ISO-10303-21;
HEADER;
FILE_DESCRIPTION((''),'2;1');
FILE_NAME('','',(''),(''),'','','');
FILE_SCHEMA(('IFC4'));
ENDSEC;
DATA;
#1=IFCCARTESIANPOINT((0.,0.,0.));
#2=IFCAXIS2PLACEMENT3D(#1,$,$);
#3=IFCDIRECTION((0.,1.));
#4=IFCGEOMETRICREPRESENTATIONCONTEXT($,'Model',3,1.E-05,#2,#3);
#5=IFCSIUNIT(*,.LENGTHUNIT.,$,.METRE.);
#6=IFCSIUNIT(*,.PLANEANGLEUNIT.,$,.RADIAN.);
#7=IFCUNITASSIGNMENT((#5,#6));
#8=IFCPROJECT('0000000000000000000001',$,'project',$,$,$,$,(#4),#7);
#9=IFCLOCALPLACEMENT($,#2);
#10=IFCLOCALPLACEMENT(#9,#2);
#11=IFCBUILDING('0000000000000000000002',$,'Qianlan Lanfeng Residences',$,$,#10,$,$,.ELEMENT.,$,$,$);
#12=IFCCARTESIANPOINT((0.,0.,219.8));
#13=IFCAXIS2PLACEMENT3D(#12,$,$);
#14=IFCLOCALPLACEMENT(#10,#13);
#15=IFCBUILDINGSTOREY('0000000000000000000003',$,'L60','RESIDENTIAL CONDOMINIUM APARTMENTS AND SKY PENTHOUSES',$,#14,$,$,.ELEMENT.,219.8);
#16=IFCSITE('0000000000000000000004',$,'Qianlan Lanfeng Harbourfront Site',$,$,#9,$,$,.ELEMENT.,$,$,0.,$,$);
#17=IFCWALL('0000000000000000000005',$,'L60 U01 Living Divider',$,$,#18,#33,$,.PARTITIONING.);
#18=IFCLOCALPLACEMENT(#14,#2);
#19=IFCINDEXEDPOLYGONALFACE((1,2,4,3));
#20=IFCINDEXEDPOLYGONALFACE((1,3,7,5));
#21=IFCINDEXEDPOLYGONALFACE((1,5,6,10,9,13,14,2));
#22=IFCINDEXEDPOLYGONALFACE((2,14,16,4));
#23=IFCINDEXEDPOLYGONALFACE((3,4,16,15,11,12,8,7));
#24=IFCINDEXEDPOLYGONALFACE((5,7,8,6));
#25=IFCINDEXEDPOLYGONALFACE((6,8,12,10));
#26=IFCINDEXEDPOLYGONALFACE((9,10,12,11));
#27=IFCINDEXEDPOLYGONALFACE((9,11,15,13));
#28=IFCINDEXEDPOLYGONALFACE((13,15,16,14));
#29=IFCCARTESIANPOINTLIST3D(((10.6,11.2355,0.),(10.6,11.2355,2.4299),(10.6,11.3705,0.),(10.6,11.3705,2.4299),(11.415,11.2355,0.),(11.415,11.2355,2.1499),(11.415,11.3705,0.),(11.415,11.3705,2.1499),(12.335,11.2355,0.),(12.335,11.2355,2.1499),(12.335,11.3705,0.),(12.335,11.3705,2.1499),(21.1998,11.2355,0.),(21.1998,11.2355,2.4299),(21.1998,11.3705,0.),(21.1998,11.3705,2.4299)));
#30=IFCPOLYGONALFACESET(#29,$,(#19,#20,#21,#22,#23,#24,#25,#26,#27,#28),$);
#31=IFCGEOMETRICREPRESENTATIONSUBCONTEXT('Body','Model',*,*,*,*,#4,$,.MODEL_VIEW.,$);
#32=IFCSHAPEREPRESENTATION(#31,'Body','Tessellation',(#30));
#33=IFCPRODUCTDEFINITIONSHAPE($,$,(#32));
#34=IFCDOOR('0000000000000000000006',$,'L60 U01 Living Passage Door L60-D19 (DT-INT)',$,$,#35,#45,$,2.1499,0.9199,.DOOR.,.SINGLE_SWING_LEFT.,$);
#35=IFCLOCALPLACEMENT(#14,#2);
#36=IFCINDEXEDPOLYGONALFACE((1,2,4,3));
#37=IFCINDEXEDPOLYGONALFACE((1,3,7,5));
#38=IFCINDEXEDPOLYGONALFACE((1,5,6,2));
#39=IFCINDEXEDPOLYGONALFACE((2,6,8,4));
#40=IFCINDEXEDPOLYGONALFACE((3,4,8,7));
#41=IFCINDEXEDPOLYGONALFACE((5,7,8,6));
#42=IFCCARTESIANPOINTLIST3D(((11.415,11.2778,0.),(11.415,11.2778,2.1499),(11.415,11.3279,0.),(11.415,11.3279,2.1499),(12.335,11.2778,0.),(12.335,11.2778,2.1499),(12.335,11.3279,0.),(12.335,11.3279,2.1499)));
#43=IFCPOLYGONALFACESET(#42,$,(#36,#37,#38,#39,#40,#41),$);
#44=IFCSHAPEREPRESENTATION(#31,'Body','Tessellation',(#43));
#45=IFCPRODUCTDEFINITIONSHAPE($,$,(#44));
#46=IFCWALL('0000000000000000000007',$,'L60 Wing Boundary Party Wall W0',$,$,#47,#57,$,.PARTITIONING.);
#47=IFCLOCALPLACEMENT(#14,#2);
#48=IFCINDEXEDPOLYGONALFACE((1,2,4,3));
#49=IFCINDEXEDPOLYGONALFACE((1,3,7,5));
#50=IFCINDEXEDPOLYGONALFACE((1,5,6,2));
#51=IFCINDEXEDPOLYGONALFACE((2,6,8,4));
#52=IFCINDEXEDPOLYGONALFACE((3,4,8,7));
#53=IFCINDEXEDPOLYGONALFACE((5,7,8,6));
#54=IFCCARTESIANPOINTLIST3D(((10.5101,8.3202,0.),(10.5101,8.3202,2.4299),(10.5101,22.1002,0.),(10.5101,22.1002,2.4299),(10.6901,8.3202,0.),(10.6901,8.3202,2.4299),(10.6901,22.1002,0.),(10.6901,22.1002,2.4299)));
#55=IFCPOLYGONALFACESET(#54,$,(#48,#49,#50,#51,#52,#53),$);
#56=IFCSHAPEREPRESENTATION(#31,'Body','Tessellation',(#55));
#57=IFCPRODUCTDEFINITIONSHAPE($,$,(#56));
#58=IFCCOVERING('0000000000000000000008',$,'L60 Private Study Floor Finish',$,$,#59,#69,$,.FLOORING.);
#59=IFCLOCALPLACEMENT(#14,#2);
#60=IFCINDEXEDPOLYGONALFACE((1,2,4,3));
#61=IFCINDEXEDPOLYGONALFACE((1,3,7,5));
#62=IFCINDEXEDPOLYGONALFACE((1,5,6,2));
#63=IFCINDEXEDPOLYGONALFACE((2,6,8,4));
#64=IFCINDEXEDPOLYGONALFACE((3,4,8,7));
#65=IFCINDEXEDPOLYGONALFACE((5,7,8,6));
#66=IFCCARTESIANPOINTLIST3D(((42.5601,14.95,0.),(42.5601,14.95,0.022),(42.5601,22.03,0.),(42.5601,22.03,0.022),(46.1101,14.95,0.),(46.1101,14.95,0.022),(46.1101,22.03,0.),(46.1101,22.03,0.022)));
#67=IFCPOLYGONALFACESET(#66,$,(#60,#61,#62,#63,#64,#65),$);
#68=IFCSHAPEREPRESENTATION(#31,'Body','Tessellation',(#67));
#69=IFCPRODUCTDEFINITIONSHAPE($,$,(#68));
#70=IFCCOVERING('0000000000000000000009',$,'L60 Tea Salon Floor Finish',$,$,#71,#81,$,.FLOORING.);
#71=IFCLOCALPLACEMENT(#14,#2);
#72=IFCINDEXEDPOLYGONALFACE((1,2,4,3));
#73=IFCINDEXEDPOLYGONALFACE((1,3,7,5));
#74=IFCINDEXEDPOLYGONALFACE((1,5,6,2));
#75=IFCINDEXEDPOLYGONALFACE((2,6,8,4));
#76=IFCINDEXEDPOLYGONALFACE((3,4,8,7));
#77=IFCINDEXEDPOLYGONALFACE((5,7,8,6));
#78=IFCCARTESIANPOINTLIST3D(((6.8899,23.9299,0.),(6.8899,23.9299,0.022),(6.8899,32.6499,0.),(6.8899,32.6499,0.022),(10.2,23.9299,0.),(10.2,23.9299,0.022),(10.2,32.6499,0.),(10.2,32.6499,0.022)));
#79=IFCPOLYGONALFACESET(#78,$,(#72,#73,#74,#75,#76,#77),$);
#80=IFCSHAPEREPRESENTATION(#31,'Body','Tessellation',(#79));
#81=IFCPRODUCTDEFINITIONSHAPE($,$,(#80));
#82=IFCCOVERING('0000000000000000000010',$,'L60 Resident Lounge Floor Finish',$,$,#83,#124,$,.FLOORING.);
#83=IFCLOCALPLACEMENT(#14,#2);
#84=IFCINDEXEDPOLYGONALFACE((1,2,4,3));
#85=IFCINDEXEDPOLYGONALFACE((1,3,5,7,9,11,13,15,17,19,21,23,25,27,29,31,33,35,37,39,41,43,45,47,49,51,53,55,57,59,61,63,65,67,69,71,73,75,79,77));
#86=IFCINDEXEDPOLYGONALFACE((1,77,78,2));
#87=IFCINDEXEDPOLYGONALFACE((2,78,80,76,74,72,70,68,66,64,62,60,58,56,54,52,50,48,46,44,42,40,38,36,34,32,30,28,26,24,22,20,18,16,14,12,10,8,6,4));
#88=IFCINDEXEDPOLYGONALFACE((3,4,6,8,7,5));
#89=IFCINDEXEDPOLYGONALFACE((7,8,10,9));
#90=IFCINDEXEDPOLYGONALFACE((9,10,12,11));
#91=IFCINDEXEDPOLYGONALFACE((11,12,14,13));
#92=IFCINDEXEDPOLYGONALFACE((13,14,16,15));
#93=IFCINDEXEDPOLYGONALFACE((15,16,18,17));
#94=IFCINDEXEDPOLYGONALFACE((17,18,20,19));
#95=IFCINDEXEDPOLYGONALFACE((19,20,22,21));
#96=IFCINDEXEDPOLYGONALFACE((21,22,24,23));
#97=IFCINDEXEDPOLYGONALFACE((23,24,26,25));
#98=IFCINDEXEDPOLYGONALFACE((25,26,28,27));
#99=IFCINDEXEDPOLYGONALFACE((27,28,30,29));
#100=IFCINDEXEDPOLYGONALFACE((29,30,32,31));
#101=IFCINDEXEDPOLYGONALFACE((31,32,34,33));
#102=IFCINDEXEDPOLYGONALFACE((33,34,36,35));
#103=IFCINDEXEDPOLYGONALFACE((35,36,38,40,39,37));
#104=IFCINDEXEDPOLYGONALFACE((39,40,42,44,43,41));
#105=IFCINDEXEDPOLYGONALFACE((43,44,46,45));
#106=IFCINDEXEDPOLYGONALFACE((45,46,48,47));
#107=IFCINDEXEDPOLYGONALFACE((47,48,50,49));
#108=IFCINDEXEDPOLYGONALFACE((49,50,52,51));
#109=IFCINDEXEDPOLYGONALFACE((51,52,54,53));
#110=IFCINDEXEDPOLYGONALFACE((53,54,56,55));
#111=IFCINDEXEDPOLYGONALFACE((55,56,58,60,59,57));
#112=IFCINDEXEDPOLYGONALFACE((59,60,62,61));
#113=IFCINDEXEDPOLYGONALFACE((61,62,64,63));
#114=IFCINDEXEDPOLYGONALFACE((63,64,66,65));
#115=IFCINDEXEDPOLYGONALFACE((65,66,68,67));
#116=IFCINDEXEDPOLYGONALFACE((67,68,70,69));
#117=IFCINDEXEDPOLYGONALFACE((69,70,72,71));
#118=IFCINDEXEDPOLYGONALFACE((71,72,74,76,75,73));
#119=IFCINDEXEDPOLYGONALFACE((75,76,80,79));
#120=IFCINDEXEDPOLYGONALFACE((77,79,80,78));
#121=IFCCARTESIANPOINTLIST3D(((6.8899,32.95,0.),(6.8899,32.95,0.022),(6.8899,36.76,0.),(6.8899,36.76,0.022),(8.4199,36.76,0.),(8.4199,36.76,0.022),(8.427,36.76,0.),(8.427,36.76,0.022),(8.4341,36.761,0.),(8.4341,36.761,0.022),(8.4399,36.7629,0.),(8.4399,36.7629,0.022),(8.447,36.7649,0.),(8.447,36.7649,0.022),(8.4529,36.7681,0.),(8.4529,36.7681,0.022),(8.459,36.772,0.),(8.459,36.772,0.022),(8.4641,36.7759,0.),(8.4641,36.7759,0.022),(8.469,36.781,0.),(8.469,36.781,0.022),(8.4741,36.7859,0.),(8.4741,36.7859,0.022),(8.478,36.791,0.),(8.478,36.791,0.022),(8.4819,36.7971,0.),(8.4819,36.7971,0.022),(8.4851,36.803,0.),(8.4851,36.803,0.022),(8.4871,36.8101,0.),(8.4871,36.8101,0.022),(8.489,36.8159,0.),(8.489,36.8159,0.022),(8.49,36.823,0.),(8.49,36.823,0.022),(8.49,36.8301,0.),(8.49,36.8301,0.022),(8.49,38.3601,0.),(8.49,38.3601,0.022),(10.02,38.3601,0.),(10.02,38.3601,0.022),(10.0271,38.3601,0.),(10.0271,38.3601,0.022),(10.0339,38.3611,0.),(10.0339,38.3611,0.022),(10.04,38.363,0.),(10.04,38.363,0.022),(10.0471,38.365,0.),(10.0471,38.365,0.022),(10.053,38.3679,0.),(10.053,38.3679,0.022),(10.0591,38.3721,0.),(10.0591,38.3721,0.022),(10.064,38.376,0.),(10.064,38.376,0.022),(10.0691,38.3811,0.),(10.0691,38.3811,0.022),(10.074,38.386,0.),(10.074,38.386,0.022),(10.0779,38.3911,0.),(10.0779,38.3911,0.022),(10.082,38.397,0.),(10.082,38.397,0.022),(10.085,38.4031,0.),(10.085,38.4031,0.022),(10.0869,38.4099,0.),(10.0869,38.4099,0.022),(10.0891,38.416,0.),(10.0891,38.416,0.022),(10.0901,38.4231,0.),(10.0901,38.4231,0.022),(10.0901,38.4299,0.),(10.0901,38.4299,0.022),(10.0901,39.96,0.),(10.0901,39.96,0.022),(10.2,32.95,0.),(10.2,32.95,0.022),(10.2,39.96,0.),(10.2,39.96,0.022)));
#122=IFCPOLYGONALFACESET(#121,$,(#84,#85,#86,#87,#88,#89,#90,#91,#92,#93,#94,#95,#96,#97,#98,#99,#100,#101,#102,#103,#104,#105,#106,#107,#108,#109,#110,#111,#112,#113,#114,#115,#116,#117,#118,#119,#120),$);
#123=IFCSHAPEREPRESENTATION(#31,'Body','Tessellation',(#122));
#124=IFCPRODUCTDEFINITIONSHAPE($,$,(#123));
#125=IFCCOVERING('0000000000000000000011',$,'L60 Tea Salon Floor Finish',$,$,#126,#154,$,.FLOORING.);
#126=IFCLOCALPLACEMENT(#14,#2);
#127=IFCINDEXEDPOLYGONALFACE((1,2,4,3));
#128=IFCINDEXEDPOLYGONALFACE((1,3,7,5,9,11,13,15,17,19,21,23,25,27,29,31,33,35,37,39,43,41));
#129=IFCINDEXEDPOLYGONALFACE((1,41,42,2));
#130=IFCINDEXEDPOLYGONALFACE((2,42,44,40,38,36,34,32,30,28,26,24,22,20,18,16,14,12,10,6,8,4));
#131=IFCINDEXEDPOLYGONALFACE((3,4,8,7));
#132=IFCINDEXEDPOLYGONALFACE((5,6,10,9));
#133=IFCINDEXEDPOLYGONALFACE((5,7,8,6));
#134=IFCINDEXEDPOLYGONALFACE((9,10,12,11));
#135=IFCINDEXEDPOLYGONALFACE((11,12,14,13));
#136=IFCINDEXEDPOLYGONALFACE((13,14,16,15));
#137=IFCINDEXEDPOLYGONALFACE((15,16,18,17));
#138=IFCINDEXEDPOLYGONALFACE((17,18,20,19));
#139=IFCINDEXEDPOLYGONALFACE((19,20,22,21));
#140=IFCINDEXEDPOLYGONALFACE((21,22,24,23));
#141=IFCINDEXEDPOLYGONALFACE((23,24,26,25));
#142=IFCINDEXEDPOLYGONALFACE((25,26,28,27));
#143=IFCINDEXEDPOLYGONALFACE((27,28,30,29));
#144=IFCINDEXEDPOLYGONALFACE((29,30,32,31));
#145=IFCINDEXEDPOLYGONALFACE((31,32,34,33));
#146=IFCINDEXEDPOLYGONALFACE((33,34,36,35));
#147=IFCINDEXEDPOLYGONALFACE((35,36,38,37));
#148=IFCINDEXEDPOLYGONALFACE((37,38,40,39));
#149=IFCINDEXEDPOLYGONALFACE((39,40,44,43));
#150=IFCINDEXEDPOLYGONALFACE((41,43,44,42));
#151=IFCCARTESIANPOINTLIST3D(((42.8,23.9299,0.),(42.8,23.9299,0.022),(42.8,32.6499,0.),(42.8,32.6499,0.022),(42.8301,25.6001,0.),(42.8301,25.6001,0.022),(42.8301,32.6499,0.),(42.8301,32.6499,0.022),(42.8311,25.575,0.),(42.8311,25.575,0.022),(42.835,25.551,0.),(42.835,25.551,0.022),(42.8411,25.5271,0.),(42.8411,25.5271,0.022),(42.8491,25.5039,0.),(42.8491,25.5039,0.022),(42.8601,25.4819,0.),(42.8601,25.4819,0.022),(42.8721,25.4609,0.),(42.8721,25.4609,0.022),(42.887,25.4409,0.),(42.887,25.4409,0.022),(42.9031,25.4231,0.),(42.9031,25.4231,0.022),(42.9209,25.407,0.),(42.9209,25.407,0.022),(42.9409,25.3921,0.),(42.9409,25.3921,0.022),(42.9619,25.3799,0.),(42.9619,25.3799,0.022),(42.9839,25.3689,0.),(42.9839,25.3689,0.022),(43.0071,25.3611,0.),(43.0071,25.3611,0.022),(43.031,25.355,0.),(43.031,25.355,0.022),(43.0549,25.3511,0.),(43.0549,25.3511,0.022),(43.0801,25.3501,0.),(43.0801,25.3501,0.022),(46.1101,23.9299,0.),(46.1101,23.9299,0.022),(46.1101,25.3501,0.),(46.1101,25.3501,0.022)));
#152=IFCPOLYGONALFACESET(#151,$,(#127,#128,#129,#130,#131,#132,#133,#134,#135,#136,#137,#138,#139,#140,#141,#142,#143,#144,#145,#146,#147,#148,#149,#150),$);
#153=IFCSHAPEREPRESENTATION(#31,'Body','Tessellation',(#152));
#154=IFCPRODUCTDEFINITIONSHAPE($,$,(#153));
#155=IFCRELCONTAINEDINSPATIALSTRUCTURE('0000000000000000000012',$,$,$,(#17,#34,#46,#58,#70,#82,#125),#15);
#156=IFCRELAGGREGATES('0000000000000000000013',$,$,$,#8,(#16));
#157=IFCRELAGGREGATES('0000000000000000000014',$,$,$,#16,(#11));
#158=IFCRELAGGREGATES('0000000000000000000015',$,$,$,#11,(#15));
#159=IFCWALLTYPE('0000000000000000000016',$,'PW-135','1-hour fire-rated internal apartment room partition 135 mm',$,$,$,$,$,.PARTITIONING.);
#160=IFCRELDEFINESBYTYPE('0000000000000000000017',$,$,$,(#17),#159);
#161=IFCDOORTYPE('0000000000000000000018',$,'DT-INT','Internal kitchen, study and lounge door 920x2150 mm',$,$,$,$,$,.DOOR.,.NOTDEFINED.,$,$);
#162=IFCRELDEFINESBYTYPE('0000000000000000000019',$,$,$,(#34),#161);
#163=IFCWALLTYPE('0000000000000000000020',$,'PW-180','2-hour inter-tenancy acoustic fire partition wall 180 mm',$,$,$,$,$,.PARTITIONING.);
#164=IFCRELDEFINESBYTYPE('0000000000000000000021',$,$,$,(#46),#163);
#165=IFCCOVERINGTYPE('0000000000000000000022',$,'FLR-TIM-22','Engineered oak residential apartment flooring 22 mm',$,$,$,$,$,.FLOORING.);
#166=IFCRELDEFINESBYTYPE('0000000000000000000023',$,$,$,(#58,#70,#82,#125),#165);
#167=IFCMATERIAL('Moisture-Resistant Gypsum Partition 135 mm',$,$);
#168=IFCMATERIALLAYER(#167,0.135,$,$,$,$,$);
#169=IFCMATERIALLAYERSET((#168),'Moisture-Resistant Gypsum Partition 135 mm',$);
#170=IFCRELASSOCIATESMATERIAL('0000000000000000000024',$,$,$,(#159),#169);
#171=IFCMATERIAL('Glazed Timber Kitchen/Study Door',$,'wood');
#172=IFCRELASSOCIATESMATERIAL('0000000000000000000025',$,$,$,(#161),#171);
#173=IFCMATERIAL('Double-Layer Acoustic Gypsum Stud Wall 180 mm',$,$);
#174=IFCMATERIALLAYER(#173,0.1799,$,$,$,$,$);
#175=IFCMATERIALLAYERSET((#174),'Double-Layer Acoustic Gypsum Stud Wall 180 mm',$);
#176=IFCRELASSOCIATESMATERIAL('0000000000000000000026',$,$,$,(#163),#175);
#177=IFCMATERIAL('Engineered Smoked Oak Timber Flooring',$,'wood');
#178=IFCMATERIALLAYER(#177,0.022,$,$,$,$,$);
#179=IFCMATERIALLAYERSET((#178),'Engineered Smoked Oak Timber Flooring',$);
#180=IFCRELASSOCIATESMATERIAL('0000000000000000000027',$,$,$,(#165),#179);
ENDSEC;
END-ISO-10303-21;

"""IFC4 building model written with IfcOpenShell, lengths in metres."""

from ifc_helpers import new_model, si_unit, direction, frame, frame_2d, origin, place, context, subcontext, project, spatial, polyline, rectangle, outline, extrude, material, layer, layer_set, type_object, element, fill, save


model = new_model("IFC4")

# Units and contexts
model_context = context("Model", 3, precision=1e-05, world=origin(), true_north=direction((0.0, 1.0)))
body_context = subcontext(model_context, "Body", "Model", "MODEL_VIEW")
ifc_project = project(units=[si_unit("LENGTHUNIT", "METRE"), si_unit("PLANEANGLEUNIT", "RADIAN")], contexts=[model_context])

# Site, building, storey
site_placement = place(None, origin())
site = spatial("IfcSite", under=ifc_project, at=site_placement, Name="Qianlan Lanfeng Harbourfront Site", CompositionType="ELEMENT", RefElevation=0.0)
building_placement = place(site_placement, origin())
building = spatial("IfcBuilding", under=site, at=building_placement, Name="Qianlan Lanfeng Residences", CompositionType="ELEMENT")
storey_placement = place(building_placement, frame((0.0, 0.0, 219.8)))
storey = spatial("IfcBuildingStorey", under=building, at=storey_placement, Name="L60", Description="RESIDENTIAL CONDOMINIUM APARTMENTS AND SKY PENTHOUSES", CompositionType="ELEMENT", Elevation=219.8)

# Wall, opening, door
ifc_material_1 = material(Name="Moisture-Resistant Gypsum Partition 135 mm")
ifc_layer_1 = layer(ifc_material_1, 0.135)
ifc_layer_set_1 = layer_set([ifc_layer_1], Name="Moisture-Resistant Gypsum Partition 135 mm")
wall_type_1 = type_object("IfcWallType", Name="PW-135", Description="1-hour fire-rated internal apartment room partition 135 mm", PredefinedType="PARTITIONING", material=ifc_layer_set_1)
wall_1_placement = place(storey_placement, frame((10.6001, 11.303, 0.0), z_axis=(0.0, 0.0, 1.0), x_axis=(1.0, 0.0, 0.0)))
wall_1 = element("IfcWall", 1, at=wall_1_placement, inside=storey, type_object=wall_type_1, Name="L60 U01 Living Divider", PredefinedType="PARTITIONING", context=body_context, shape_type="SweptSolid", body=[
    extrude(rectangle(XDim=10.5999, YDim=0.135, at=frame_2d((5.2998, 0.0))), origin(), (0.0, 0.0, 1.0), 2.4299),
])
opening_1_placement = place(wall_1_placement, frame((0.8149, 0.0, 0.0)))
opening_1 = element("IfcOpeningElement", 2, at=opening_1_placement, cuts=wall_1, PredefinedType="OPENING", context=body_context, shape_type="SweptSolid", body=[
    extrude(rectangle(XDim=0.9199, YDim=2.1499, at=frame_2d((0.46, 1.075))), frame((0.0, 0.0776, 0.0), z_axis=(0.0, -1.0, 0.0), x_axis=(1.0, 0.0, 0.0)), (0.0, 0.0, 1.0), 0.155),
])
ifc_material_2 = material(Name="Glazed Timber Kitchen/Study Door", Category="wood")
door_type = type_object("IfcDoorType", Name="DT-INT", Description="Internal kitchen, study and lounge door 920x2150 mm", OperationType="NOTDEFINED", PredefinedType="DOOR", material=ifc_material_2)
door_placement = place(opening_1_placement, origin())
door = element("IfcDoor", 3, at=door_placement, inside=storey, type_object=door_type, Name="L60 U01 Living Passage Door L60-D19 (DT-INT)", OperationType="SINGLE_SWING_LEFT", OverallHeight=2.1499, OverallWidth=0.9199, PredefinedType="DOOR", context=body_context, shape_type="SweptSolid", body=[
    extrude(rectangle(XDim=0.9199, YDim=2.1499, at=frame_2d((0.46, 1.075))), frame((0.0, 0.0249, 0.0), z_axis=(0.0, -1.0, 0.0), x_axis=(1.0, 0.0, 0.0)), (0.0, 0.0, 1.0), 0.05),
])
fill(opening_1, door)

# Wall
ifc_material_3 = material(Name="Double-Layer Acoustic Gypsum Stud Wall 180 mm")
ifc_layer_2 = layer(ifc_material_3, 0.1799)
ifc_layer_set_2 = layer_set([ifc_layer_2], Name="Double-Layer Acoustic Gypsum Stud Wall 180 mm")
wall_type_2 = type_object("IfcWallType", Name="PW-180", Description="2-hour inter-tenancy acoustic fire partition wall 180 mm", PredefinedType="PARTITIONING", material=ifc_layer_set_2)
wall_2_placement = place(storey_placement, frame((10.6001, 8.3201, 0.0), z_axis=(0.0, 0.0, 1.0), x_axis=(0.0, 1.0, 0.0)))
element("IfcWall", 4, at=wall_2_placement, inside=storey, type_object=wall_type_2, Name="L60 Wing Boundary Party Wall W0", PredefinedType="PARTITIONING", context=body_context, shape_type="SweptSolid", body=[
    extrude(rectangle(XDim=13.78, YDim=0.1799, at=frame_2d((6.8901, 0.0))), origin(), (0.0, 0.0, 1.0), 2.4299),
])

# Coverings
ifc_material_4 = material(Name="Engineered Smoked Oak Timber Flooring", Category="wood")
ifc_layer_3 = layer(ifc_material_4, 0.022)
ifc_layer_set_3 = layer_set([ifc_layer_3], Name="Engineered Smoked Oak Timber Flooring")
covering_type = type_object("IfcCoveringType", Name="FLR-TIM-22", Description="Engineered oak residential apartment flooring 22 mm", PredefinedType="FLOORING", material=ifc_layer_set_3)
covering_1_placement = place(storey_placement, origin())
element("IfcCovering", 5, at=covering_1_placement, inside=storey, type_object=covering_type, Name="L60 Private Study Floor Finish", PredefinedType="FLOORING", context=body_context, shape_type="SweptSolid", body=[
    extrude(outline(polyline([(46.1101, 22.03), (42.5601, 22.03), (42.5601, 14.95), (46.1101, 14.95), (46.1101, 22.03)])), origin(), (0.0, 0.0, 1.0), 0.022),
])
covering_2_placement = place(storey_placement, origin())
element("IfcCovering", 6, at=covering_2_placement, inside=storey, type_object=covering_type, Name="L60 Tea Salon Floor Finish", PredefinedType="FLOORING", context=body_context, shape_type="SweptSolid", body=[
    extrude(outline(polyline([(10.2, 32.6499), (6.8899, 32.6499), (6.8899, 23.9299), (10.2, 23.9299), (10.2, 32.6499)])), origin(), (0.0, 0.0, 1.0), 0.022),
])
covering_3_placement = place(storey_placement, origin())
element("IfcCovering", 7, at=covering_3_placement, inside=storey, type_object=covering_type, Name="L60 Resident Lounge Floor Finish", PredefinedType="FLOORING", context=body_context, shape_type="SweptSolid", body=[
    extrude(outline(polyline([(6.8899, 32.95), (10.2, 32.95), (10.2, 39.96), (10.0901, 39.96), (10.0901, 38.4299), (10.0901, 38.4231), (10.0891, 38.416), (10.0869, 38.4099), (10.085, 38.4031), (10.082, 38.397), (10.0779, 38.3911), (10.074, 38.386), (10.0691, 38.3811), (10.064, 38.376), (10.0591, 38.3721), (10.053, 38.3679), (10.0471, 38.365), (10.04, 38.363), (10.0339, 38.3611), (10.0271, 38.3601), (10.02, 38.3601), (8.49, 38.3601), (8.49, 36.8301), (8.49, 36.823), (8.489, 36.8159), (8.4871, 36.8101), (8.4851, 36.803), (8.4819, 36.7971), (8.478, 36.791), (8.4741, 36.7859), (8.469, 36.781), (8.4641, 36.7759), (8.459, 36.772), (8.4529, 36.7681), (8.447, 36.7649), (8.4399, 36.7629), (8.4341, 36.761), (8.427, 36.76), (8.4199, 36.76), (6.8899, 36.76), (6.8899, 32.95)])), origin(), (0.0, 0.0, 1.0), 0.022),
])
covering_4_placement = place(storey_placement, origin())
element("IfcCovering", 8, at=covering_4_placement, inside=storey, type_object=covering_type, Name="L60 Tea Salon Floor Finish", PredefinedType="FLOORING", context=body_context, shape_type="SweptSolid", body=[
    extrude(outline(polyline([(46.1101, 25.3501), (43.0801, 25.3501), (43.0549, 25.3511), (43.031, 25.355), (43.0071, 25.3611), (42.9839, 25.3689), (42.9619, 25.3799), (42.9409, 25.3921), (42.9209, 25.407), (42.9031, 25.4231), (42.887, 25.4409), (42.8721, 25.4609), (42.8601, 25.4819), (42.8491, 25.5039), (42.8411, 25.5271), (42.835, 25.551), (42.8311, 25.575), (42.8301, 25.6001), (42.8301, 32.6499), (42.8, 32.6499), (42.8, 23.9299), (46.1101, 23.9299), (46.1101, 25.3501)])), origin(), (0.0, 0.0, 1.0), 0.022),
])

save(model, "model.ifc")
